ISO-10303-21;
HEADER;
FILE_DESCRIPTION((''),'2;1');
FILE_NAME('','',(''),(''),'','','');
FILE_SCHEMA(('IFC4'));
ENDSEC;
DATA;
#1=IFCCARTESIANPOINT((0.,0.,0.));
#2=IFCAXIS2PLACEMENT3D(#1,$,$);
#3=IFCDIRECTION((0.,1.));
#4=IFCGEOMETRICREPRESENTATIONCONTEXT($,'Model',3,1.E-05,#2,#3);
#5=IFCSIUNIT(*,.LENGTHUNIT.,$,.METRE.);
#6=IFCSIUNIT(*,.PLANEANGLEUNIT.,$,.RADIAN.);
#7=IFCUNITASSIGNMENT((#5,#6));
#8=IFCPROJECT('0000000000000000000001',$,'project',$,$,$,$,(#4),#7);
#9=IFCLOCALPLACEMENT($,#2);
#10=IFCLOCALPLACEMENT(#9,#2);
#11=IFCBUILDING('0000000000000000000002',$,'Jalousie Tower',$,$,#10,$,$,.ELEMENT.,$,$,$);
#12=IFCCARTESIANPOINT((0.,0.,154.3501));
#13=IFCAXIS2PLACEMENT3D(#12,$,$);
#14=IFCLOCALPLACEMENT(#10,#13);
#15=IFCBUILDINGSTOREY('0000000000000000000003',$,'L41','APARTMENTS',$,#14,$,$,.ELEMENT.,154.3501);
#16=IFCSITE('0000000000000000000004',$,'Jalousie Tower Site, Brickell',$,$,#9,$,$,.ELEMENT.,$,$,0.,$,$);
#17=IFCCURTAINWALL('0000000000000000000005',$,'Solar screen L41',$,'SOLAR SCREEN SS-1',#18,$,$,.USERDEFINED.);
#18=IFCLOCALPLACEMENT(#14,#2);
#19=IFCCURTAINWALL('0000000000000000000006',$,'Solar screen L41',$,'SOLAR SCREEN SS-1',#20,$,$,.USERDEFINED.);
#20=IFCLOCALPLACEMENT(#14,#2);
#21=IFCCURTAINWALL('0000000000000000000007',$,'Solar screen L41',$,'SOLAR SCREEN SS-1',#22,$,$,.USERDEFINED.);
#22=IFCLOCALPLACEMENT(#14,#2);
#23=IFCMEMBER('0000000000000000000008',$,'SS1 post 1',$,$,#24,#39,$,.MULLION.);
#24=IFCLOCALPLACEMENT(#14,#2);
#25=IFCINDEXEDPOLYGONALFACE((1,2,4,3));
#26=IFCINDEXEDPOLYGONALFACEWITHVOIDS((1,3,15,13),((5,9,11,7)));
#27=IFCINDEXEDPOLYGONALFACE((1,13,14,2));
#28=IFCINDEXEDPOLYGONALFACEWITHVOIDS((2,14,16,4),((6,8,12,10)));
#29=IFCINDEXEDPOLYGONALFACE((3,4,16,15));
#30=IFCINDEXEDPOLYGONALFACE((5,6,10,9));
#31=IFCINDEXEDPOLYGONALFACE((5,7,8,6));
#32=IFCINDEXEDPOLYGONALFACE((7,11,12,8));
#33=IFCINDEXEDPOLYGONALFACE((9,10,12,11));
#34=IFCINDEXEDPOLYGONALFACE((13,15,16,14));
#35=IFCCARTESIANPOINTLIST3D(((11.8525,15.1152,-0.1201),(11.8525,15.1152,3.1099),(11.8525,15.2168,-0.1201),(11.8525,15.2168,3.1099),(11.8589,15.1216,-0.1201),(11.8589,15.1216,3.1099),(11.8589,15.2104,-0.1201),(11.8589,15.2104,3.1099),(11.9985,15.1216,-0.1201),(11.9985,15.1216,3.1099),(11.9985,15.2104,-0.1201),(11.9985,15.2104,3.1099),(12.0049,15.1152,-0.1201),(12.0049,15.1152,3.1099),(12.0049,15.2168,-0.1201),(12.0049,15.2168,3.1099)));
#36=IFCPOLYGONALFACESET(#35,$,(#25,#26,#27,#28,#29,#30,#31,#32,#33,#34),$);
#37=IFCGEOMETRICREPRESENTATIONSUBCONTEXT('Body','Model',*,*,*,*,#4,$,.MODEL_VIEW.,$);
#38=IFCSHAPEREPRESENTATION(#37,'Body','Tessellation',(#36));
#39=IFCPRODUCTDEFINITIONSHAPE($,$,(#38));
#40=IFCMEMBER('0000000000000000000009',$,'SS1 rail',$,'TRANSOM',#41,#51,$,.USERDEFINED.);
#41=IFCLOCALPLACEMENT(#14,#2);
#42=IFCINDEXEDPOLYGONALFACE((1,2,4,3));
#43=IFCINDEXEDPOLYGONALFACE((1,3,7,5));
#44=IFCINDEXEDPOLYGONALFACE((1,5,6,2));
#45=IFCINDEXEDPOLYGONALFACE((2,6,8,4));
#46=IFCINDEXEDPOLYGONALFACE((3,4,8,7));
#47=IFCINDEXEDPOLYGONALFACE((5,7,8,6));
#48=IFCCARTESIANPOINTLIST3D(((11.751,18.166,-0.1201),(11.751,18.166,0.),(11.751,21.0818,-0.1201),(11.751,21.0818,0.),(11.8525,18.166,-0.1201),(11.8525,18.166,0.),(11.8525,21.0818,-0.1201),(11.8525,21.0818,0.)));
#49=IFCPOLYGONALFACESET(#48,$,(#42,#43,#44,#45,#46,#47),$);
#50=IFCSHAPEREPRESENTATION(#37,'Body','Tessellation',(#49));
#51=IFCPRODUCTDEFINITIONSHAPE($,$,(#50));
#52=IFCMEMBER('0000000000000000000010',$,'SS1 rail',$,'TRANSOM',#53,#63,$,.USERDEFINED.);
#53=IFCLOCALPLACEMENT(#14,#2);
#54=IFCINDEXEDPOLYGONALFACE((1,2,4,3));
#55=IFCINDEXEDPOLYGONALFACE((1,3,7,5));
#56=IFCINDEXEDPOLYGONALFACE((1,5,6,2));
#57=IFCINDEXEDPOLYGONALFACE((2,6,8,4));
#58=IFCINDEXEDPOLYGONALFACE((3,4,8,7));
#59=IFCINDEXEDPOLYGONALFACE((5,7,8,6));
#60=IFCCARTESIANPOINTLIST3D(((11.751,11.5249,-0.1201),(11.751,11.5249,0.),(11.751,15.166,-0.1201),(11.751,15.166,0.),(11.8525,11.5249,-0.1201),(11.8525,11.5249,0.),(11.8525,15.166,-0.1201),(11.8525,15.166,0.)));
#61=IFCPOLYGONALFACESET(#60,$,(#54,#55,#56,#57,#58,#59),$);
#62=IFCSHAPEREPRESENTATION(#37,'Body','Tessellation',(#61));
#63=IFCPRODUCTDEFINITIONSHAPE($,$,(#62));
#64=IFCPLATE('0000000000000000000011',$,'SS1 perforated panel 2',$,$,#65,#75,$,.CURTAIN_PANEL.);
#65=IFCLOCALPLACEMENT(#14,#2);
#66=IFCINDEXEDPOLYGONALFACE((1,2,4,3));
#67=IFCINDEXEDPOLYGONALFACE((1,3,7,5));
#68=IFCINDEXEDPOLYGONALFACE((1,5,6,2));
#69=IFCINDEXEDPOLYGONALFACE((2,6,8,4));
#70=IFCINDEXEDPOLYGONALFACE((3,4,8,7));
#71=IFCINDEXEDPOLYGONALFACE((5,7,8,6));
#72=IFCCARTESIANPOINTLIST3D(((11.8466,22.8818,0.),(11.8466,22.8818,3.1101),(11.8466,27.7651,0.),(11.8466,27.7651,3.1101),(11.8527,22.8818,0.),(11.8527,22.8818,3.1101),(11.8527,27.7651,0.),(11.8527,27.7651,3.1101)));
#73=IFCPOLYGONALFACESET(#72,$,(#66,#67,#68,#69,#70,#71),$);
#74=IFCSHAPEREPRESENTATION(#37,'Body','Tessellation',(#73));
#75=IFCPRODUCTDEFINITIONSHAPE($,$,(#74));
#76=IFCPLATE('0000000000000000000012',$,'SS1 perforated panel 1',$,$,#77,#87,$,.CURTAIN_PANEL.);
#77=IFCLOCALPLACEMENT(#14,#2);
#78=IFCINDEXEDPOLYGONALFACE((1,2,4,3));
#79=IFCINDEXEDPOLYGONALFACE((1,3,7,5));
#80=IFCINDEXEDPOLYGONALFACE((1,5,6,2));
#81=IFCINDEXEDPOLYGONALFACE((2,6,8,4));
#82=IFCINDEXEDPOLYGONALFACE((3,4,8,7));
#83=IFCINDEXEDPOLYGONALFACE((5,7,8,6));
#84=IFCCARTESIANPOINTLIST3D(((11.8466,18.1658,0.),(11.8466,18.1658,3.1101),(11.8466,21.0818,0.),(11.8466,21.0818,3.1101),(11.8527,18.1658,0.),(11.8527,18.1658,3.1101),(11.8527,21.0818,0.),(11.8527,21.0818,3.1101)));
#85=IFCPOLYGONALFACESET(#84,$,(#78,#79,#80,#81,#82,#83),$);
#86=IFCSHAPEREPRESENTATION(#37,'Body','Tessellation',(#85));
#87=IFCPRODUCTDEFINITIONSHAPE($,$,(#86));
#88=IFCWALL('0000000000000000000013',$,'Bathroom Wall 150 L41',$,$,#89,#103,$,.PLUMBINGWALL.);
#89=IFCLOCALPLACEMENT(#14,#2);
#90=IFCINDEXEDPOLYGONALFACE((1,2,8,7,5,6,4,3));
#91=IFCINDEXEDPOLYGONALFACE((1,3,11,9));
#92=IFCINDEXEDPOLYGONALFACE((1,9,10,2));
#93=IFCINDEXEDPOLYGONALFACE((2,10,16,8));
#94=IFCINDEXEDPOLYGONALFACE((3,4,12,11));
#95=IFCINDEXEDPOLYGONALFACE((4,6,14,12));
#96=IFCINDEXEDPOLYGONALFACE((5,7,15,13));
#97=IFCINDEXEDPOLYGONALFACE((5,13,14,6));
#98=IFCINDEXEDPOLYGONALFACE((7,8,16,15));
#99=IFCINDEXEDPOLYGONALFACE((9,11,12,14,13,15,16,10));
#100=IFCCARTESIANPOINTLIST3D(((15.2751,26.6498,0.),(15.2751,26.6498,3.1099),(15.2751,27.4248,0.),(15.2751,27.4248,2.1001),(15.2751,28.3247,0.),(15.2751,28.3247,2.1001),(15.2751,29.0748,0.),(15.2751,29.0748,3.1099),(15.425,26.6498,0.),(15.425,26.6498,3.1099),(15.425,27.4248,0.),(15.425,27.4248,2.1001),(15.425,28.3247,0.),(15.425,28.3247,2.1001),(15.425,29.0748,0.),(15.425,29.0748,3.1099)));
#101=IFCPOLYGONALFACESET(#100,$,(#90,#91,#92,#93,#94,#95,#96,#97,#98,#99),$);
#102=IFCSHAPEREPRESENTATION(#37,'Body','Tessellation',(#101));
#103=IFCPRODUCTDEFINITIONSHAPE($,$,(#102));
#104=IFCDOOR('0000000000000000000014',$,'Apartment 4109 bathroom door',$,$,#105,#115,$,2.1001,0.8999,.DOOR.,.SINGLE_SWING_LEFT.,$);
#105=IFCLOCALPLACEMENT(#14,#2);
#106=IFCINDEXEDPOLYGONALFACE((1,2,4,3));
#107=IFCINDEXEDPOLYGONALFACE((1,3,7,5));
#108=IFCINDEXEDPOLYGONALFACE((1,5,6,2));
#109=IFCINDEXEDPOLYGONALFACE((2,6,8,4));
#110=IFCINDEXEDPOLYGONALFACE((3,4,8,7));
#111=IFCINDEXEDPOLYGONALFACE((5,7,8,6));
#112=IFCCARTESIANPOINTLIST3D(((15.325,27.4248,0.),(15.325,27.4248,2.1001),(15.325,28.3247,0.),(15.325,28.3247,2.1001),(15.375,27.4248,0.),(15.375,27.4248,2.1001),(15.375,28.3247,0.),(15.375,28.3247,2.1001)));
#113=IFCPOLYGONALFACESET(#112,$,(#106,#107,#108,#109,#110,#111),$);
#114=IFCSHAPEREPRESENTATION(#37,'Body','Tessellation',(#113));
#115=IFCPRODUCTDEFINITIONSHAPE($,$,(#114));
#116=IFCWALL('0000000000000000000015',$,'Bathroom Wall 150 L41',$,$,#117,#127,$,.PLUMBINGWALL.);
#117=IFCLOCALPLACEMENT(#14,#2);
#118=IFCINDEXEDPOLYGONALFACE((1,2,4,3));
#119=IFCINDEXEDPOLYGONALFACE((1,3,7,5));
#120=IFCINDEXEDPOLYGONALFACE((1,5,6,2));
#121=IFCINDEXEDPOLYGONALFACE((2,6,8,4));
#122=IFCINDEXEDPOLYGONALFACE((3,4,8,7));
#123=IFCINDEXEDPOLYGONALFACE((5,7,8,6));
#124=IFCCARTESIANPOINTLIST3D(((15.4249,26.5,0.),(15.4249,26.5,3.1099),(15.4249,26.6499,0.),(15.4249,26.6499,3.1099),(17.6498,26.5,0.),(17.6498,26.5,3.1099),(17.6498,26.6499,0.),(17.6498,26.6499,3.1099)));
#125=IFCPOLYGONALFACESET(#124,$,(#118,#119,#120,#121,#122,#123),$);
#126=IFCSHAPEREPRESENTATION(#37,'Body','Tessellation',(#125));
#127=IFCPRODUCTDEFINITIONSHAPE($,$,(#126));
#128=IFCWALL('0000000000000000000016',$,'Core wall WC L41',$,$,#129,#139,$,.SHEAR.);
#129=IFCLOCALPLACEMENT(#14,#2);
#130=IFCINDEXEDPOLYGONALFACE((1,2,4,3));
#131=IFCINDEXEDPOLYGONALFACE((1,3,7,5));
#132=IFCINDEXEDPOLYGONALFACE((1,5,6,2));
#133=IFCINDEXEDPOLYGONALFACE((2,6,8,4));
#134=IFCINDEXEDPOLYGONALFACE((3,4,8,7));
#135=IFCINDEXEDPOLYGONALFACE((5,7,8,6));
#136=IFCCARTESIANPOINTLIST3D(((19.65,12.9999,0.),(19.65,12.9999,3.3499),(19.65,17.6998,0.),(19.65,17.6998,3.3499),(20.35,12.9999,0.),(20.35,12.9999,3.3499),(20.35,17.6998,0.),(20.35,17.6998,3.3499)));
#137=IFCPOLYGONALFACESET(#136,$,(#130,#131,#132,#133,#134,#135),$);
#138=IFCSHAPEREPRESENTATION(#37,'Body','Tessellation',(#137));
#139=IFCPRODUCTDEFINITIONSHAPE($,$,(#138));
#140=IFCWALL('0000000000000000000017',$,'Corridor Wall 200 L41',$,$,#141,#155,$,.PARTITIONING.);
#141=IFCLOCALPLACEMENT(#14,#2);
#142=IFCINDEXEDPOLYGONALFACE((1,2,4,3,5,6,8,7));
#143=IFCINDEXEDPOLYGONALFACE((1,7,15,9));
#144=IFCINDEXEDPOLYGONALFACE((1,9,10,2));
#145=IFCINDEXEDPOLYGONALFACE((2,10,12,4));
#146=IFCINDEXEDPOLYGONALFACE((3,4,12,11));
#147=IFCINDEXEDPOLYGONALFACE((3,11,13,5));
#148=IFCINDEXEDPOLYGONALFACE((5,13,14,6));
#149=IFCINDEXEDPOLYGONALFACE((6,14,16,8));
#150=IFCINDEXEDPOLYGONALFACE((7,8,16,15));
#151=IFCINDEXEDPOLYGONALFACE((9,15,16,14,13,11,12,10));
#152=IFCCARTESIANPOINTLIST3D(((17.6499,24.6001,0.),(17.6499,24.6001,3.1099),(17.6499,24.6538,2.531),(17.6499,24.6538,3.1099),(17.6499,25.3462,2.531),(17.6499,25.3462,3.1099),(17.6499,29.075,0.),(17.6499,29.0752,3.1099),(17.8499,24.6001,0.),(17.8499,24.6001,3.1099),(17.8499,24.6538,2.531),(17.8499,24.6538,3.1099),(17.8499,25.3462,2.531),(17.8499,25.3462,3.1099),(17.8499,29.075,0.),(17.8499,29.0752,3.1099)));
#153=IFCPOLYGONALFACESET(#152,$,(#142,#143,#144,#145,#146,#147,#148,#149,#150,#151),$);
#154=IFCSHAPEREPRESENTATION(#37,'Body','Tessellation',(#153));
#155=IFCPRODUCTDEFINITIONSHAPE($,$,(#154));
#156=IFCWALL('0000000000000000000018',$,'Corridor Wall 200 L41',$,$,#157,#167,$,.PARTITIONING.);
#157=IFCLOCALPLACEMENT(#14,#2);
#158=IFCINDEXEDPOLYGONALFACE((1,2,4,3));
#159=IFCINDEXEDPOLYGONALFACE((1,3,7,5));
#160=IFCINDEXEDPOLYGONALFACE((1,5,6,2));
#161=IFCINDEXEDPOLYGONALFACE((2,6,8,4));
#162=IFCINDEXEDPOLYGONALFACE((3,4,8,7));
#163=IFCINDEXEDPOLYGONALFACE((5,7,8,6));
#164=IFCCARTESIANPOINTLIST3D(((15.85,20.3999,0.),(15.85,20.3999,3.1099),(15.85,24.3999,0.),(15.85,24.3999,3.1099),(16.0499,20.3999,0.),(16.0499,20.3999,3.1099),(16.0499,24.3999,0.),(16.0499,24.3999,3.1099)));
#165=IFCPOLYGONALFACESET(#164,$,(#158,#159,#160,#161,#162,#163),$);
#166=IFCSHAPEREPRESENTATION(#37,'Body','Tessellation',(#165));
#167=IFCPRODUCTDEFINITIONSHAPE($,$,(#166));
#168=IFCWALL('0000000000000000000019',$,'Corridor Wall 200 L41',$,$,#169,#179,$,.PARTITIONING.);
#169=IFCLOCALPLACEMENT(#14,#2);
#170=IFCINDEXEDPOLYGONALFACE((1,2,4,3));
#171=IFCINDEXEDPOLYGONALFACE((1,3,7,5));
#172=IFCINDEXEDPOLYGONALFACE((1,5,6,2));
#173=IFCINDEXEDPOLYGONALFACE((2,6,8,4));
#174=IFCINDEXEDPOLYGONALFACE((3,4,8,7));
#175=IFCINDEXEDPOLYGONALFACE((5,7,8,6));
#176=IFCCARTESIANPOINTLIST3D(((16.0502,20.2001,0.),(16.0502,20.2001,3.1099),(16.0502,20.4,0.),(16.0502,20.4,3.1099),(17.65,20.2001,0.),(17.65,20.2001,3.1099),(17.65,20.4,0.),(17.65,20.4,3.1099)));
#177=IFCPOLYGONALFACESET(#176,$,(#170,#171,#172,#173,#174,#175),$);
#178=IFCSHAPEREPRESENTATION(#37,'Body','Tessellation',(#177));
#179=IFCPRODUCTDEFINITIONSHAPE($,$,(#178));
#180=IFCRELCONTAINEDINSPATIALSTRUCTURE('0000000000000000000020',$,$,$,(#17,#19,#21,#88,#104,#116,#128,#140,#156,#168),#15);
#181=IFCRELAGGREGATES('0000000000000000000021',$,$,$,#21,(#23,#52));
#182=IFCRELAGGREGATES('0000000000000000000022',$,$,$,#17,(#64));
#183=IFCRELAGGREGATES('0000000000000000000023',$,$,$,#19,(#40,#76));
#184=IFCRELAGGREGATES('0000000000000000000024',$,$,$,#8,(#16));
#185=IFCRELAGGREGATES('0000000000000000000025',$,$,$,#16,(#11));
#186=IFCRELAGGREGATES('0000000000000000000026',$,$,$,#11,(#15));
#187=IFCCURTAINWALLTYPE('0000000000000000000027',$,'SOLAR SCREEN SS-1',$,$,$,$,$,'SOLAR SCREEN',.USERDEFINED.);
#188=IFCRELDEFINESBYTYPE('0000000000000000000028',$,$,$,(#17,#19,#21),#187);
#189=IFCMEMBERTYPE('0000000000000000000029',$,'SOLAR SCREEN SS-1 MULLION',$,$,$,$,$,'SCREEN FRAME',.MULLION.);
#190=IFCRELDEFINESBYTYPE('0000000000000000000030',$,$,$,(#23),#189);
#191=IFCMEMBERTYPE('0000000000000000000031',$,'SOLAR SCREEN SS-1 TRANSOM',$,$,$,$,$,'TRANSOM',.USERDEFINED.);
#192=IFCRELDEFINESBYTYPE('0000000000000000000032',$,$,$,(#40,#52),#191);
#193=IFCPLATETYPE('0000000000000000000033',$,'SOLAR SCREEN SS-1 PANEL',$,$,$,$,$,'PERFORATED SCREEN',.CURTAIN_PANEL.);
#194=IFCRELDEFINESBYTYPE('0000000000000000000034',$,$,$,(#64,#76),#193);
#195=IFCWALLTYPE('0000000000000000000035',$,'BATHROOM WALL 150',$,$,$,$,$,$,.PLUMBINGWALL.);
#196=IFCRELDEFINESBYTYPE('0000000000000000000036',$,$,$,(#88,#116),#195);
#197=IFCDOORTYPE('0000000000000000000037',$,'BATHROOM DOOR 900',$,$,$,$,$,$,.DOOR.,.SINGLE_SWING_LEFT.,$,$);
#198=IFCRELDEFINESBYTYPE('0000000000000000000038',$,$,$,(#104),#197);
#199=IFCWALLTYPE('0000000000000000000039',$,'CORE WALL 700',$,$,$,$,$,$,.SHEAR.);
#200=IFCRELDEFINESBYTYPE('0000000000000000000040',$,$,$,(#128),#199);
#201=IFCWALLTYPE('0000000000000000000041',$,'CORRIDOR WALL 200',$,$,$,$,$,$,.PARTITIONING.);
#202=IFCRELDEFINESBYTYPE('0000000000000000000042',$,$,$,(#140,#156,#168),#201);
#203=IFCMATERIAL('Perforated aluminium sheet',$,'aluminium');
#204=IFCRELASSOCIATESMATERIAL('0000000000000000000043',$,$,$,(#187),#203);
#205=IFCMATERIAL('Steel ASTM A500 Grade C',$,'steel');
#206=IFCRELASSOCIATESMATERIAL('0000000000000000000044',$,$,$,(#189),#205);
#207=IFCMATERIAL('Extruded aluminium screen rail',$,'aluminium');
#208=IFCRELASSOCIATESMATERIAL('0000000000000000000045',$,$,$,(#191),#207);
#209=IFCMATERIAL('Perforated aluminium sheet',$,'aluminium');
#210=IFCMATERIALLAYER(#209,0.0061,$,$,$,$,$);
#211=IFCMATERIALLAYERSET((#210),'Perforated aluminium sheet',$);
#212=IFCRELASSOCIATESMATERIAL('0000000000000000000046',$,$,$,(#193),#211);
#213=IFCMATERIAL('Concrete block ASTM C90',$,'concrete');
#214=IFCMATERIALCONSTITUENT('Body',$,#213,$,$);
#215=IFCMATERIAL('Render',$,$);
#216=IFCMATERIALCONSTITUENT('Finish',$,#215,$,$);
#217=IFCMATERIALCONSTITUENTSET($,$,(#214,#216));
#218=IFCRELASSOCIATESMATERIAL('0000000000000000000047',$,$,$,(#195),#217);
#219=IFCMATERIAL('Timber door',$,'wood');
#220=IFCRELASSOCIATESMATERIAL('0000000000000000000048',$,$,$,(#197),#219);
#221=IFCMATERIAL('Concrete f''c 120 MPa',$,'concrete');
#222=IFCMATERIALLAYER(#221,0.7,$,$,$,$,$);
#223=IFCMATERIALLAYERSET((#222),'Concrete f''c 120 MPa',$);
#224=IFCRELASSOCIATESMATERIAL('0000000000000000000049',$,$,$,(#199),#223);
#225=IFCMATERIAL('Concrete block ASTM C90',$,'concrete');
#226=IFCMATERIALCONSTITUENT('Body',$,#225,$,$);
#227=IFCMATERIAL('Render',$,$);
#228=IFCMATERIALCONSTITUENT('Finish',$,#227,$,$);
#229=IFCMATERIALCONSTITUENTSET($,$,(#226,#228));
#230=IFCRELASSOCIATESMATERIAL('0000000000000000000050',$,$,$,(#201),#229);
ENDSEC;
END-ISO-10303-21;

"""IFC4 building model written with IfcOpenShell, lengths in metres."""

from ifc_helpers import new_model, si_unit, direction, frame, frame_2d, origin, origin_2d, place, context, subcontext, project, spatial, polyline, rectangle, hollow_rectangle, outline, extrude, material, layer, layer_set, constituent, constituent_set, material_profile, profile_set, type_object, element, fill, aggregate, save


model = new_model("IFC4")

# Units and contexts
model_context = context("Model", 3, precision=1e-05, world=origin(), true_north=direction((0.0, 1.0)))
body_context = subcontext(model_context, "Body", "Model", "MODEL_VIEW")
ifc_project = project(units=[si_unit("LENGTHUNIT", "METRE"), si_unit("PLANEANGLEUNIT", "RADIAN")], contexts=[model_context])

# Site, building, storey
site_placement = place(None, origin())
site = spatial("IfcSite", under=ifc_project, at=site_placement, Name="Jalousie Tower Site, Brickell", CompositionType="ELEMENT", RefElevation=0.0)
building_placement = place(site_placement, origin())
building = spatial("IfcBuilding", under=site, at=building_placement, Name="Jalousie Tower", CompositionType="ELEMENT")
storey_placement = place(building_placement, frame((0.0, 0.0, 154.3501)))
storey = spatial("IfcBuildingStorey", under=building, at=storey_placement, Name="L41", Description="APARTMENTS", CompositionType="ELEMENT", Elevation=154.3501)

# Curtain walls
ifc_material_1 = material(Name="Perforated aluminium sheet", Category="aluminium")
curtain_wall_type = type_object("IfcCurtainWallType", Name="SOLAR SCREEN SS-1", ElementType="SOLAR SCREEN", PredefinedType="USERDEFINED", material=ifc_material_1)
curtain_wall_1_placement = place(storey_placement, origin())
curtain_wall_1 = element("IfcCurtainWall", 1, at=curtain_wall_1_placement, inside=storey, type_object=curtain_wall_type, Name="Solar screen L41", ObjectType="SOLAR SCREEN SS-1", PredefinedType="USERDEFINED")
ifc_material_2 = material(Name="Steel ASTM A500 Grade C", Category="steel")
ifc_material_profile_1 = material_profile(ifc_material_2, hollow_rectangle(XDim=0.1016, YDim=0.1523, WallThickness=0.0063, at=origin_2d()), Name="HSS6X4X1/4")
ifc_profile_set_1 = profile_set([ifc_material_profile_1], Name="Steel ASTM A500 Grade C")
member_type_1 = type_object("IfcMemberType", Name="SOLAR SCREEN SS-1 MULLION", ElementType="SCREEN FRAME", PredefinedType="MULLION", material=ifc_profile_set_1)
curtain_wall_2_placement = place(storey_placement, origin())
curtain_wall_2 = element("IfcCurtainWall", 2, at=curtain_wall_2_placement, inside=storey, type_object=curtain_wall_type, Name="Solar screen L41", ObjectType="SOLAR SCREEN SS-1", PredefinedType="USERDEFINED")

# Curtain wall, member
curtain_wall_3_placement = place(storey_placement, origin())
curtain_wall_3 = element("IfcCurtainWall", 3, at=curtain_wall_3_placement, inside=storey, type_object=curtain_wall_type, Name="Solar screen L41", ObjectType="SOLAR SCREEN SS-1", PredefinedType="USERDEFINED")
member_1_placement = place(storey_placement, frame((11.9287, 15.166, -0.1201), z_axis=(0.0, 0.0, 1.0), x_axis=(0.0, -1.0, 0.0)))
member_1 = element("IfcMember", 4, at=member_1_placement, type_object=member_type_1, Name="SS1 post 1", PredefinedType="MULLION", context=body_context, shape_type="SweptSolid", body=[
    extrude(hollow_rectangle(XDim=0.1016, YDim=0.1523, WallThickness=0.0063, at=origin_2d()), origin(), (0.0, 0.0, 1.0), 3.23),
])

# Members
ifc_material_3 = material(Name="Extruded aluminium screen rail", Category="aluminium")
ifc_material_profile_2 = material_profile(ifc_material_3, rectangle(XDim=0.1016, YDim=0.1201, at=origin_2d()), Name="RAIL 102x120")
ifc_profile_set_2 = profile_set([ifc_material_profile_2], Name="Extruded aluminium screen rail")
member_type_2 = type_object("IfcMemberType", Name="SOLAR SCREEN SS-1 TRANSOM", ElementType="TRANSOM", PredefinedType="USERDEFINED", material=ifc_profile_set_2)
member_2_placement = place(storey_placement, frame((11.8018, 21.0818, -0.0601), z_axis=(0.0, -1.0, 0.0), x_axis=(1.0, 0.0, 0.0)))
member_2 = element("IfcMember", 5, at=member_2_placement, type_object=member_type_2, Name="SS1 rail", ObjectType="TRANSOM", PredefinedType="USERDEFINED", context=body_context, shape_type="SweptSolid", body=[
    extrude(rectangle(XDim=0.1016, YDim=0.1201, at=origin_2d()), origin(), (0.0, 0.0, 1.0), 2.9158),
])
member_3_placement = place(storey_placement, frame((11.8018, 15.166, -0.0601), z_axis=(0.0, -1.0, 0.0), x_axis=(1.0, 0.0, 0.0)))
member_3 = element("IfcMember", 6, at=member_3_placement, type_object=member_type_2, Name="SS1 rail", ObjectType="TRANSOM", PredefinedType="USERDEFINED", context=body_context, shape_type="SweptSolid", body=[
    extrude(rectangle(XDim=0.1016, YDim=0.1201, at=origin_2d()), origin(), (0.0, 0.0, 1.0), 3.6411),
])
aggregate(curtain_wall_3, [member_1, member_3])

# Plates
ifc_material_4 = material(Name="Perforated aluminium sheet", Category="aluminium")
ifc_layer_1 = layer(ifc_material_4, 0.0061)
ifc_layer_set_1 = layer_set([ifc_layer_1], Name="Perforated aluminium sheet")
plate_type = type_object("IfcPlateType", Name="SOLAR SCREEN SS-1 PANEL", ElementType="PERFORATED SCREEN", PredefinedType="CURTAIN_PANEL", material=ifc_layer_set_1)
plate_1_placement = place(storey_placement, frame((11.8496, 25.3235, 0.0), z_axis=(0.0, 0.0, 1.0), x_axis=(0.0, -1.0, 0.0)))
plate_1 = element("IfcPlate", 7, at=plate_1_placement, type_object=plate_type, Name="SS1 perforated panel 2", PredefinedType="CURTAIN_PANEL", context=body_context, shape_type="SweptSolid", body=[
    extrude(rectangle(XDim=4.8833, YDim=0.0061, at=origin_2d()), origin(), (0.0, 0.0, 1.0), 3.1101),
])
aggregate(curtain_wall_1, [plate_1])
plate_2_placement = place(storey_placement, frame((11.8496, 19.6238, 0.0), z_axis=(0.0, 0.0, 1.0), x_axis=(0.0, -1.0, 0.0)))
plate_2 = element("IfcPlate", 8, at=plate_2_placement, type_object=plate_type, Name="SS1 perforated panel 1", PredefinedType="CURTAIN_PANEL", context=body_context, shape_type="SweptSolid", body=[
    extrude(rectangle(XDim=2.916, YDim=0.0061, at=origin_2d()), origin(), (0.0, 0.0, 1.0), 3.1101),
])
aggregate(curtain_wall_2, [member_2, plate_2])

# Wall, opening, door
ifc_material_5 = material(Name="Concrete block ASTM C90", Category="concrete")
ifc_constituent_1 = constituent(ifc_material_5, Name="Body")
ifc_material_6 = material(Name="Render")
ifc_constituent_2 = constituent(ifc_material_6, Name="Finish")
ifc_constituent_set_1 = constituent_set(constituents=[ifc_constituent_1, ifc_constituent_2])
wall_type_1 = type_object("IfcWallType", Name="BATHROOM WALL 150", PredefinedType="PLUMBINGWALL", material=ifc_constituent_set_1)
wall_1_placement = place(storey_placement, frame((15.3501, 26.6499, 0.0), z_axis=(0.0, 0.0, 1.0), x_axis=(0.0, 1.0, 0.0)))
wall_1 = element("IfcWall", 9, at=wall_1_placement, inside=storey, type_object=wall_type_1, Name="Bathroom Wall 150 L41", PredefinedType="PLUMBINGWALL", context=body_context, shape_type="SweptSolid", body=[
    extrude(rectangle(XDim=2.425, YDim=0.1499, at=frame_2d((1.2124, 0.0))), origin(), (0.0, 0.0, 1.0), 3.1099),
])
opening_1_placement = place(wall_1_placement, frame((0.7749, 0.0, 0.0)))
opening_1 = element("IfcOpeningElement", 10, at=opening_1_placement, cuts=wall_1, PredefinedType="OPENING", context=body_context, shape_type="SweptSolid", body=[
    extrude(rectangle(XDim=0.8999, YDim=2.1001, at=frame_2d((0.45, 1.05))), frame((0.0, 0.085, 0.0), z_axis=(0.0, -1.0, 0.0), x_axis=(1.0, 0.0, 0.0)), (0.0, 0.0, 1.0), 0.1699),
])
ifc_material_7 = material(Name="Timber door", Category="wood")
door_type_1 = type_object("IfcDoorType", Name="BATHROOM DOOR 900", OperationType="SINGLE_SWING_LEFT", PredefinedType="DOOR", material=ifc_material_7)
door_1_placement = place(opening_1_placement, frame((0.8999, 0.0, 0.0), z_axis=(0.0, 0.0, 1.0), x_axis=(-1.0, 0.0, 0.0)))
door_1 = element("IfcDoor", 11, at=door_1_placement, inside=storey, type_object=door_type_1, Name="Apartment 4109 bathroom door", OperationType="SINGLE_SWING_LEFT", OverallHeight=2.1001, OverallWidth=0.8999, PredefinedType="DOOR", context=body_context, shape_type="SweptSolid", body=[
    extrude(rectangle(XDim=0.8999, YDim=2.1001, at=frame_2d((0.45, 1.05))), frame((0.0, 0.0249, 0.0), z_axis=(0.0, -1.0, 0.0), x_axis=(1.0, 0.0, 0.0)), (0.0, 0.0, 1.0), 0.05),
])
fill(opening_1, door_1)

# Walls
wall_2_placement = place(storey_placement, frame((15.425, 26.575, 0.0), z_axis=(0.0, 0.0, 1.0), x_axis=(1.0, 0.0, 0.0)))
element("IfcWall", 12, at=wall_2_placement, inside=storey, type_object=wall_type_1, Name="Bathroom Wall 150 L41", PredefinedType="PLUMBINGWALL", context=body_context, shape_type="SweptSolid", body=[
    extrude(rectangle(XDim=2.2249, YDim=0.1499, at=frame_2d((1.1123, 0.0))), origin(), (0.0, 0.0, 1.0), 3.1099),
])
ifc_material_8 = material(Name="Concrete f'c 120 MPa", Category="concrete")
ifc_layer_2 = layer(ifc_material_8, 0.7)
ifc_layer_set_2 = layer_set([ifc_layer_2], Name="Concrete f'c 120 MPa")
wall_type_2 = type_object("IfcWallType", Name="CORE WALL 700", PredefinedType="SHEAR", material=ifc_layer_set_2)
wall_3_placement = place(storey_placement, frame((20.0, 17.7, 0.0), z_axis=(0.0, 0.0, 1.0), x_axis=(0.0, -1.0, 0.0)))
element("IfcWall", 13, at=wall_3_placement, inside=storey, type_object=wall_type_2, Name="Core wall WC L41", PredefinedType="SHEAR", context=body_context, shape_type="SweptSolid", body=[
    extrude(rectangle(XDim=4.7, YDim=0.7, at=frame_2d((2.3501, 0.0))), origin(), (0.0, 0.0, 1.0), 3.3499),
])
ifc_material_9 = material(Name="Concrete block ASTM C90", Category="concrete")
ifc_constituent_3 = constituent(ifc_material_9, Name="Body")
ifc_material_10 = material(Name="Render")
ifc_constituent_4 = constituent(ifc_material_10, Name="Finish")
ifc_constituent_set_2 = constituent_set(constituents=[ifc_constituent_3, ifc_constituent_4])
wall_type_3 = type_object("IfcWallType", Name="CORRIDOR WALL 200", PredefinedType="PARTITIONING", material=ifc_constituent_set_2)
wall_4_placement = place(storey_placement, frame((17.75, 24.6001, 0.0), z_axis=(0.0, 0.0, 1.0), x_axis=(0.0, 1.0, 0.0)))
element("IfcWall", 14, at=wall_4_placement, inside=storey, type_object=wall_type_3, Name="Corridor Wall 200 L41", PredefinedType="PARTITIONING", context=body_context, shape_type="SweptSolid", body=[
    extrude(outline(polyline([(0.0, 0.0), (4.4749, 0.0), (4.4751, 3.1099), (0.7461, 3.1099), (0.7461, 2.531), (0.0537, 2.531), (0.0537, 3.1099), (0.0, 3.1099), (0.0, 0.0)])), frame((0.0, 0.1001, 0.0), z_axis=(0.0, -1.0, 0.0), x_axis=(1.0, 0.0, 0.0)), (0.0, 0.0, 1.0), 0.2),
])
wall_5_placement = place(storey_placement, frame((15.95, 20.3999, 0.0), z_axis=(0.0, 0.0, 1.0), x_axis=(0.0, 1.0, 0.0)))
element("IfcWall", 15, at=wall_5_placement, inside=storey, type_object=wall_type_3, Name="Corridor Wall 200 L41", PredefinedType="PARTITIONING", context=body_context, shape_type="SweptSolid", body=[
    extrude(rectangle(XDim=4.0, YDim=0.2, at=frame_2d((2.0, 0.0))), origin(), (0.0, 0.0, 1.0), 3.1099),
])
for number, where, z_axis, x_axis, name in (
    (16, (17.6499, 20.3, 0.0), (0.0, 0.0, 1.0), (-1.0, 0.0, 0.0), "Corridor Wall 200 L41"),
):
    element("IfcWall", number, at=place(storey_placement, frame(where, z_axis=z_axis, x_axis=x_axis)), inside=storey, type_object=wall_type_3, Name=name, PredefinedType="PARTITIONING", context=body_context, shape_type="SweptSolid", body=[
        extrude(rectangle(XDim=1.5999, YDim=0.2, at=frame_2d((0.7998, 0.0))), origin(), (0.0, 0.0, 1.0), 3.1099),
    ])

save(model, "model.ifc")
